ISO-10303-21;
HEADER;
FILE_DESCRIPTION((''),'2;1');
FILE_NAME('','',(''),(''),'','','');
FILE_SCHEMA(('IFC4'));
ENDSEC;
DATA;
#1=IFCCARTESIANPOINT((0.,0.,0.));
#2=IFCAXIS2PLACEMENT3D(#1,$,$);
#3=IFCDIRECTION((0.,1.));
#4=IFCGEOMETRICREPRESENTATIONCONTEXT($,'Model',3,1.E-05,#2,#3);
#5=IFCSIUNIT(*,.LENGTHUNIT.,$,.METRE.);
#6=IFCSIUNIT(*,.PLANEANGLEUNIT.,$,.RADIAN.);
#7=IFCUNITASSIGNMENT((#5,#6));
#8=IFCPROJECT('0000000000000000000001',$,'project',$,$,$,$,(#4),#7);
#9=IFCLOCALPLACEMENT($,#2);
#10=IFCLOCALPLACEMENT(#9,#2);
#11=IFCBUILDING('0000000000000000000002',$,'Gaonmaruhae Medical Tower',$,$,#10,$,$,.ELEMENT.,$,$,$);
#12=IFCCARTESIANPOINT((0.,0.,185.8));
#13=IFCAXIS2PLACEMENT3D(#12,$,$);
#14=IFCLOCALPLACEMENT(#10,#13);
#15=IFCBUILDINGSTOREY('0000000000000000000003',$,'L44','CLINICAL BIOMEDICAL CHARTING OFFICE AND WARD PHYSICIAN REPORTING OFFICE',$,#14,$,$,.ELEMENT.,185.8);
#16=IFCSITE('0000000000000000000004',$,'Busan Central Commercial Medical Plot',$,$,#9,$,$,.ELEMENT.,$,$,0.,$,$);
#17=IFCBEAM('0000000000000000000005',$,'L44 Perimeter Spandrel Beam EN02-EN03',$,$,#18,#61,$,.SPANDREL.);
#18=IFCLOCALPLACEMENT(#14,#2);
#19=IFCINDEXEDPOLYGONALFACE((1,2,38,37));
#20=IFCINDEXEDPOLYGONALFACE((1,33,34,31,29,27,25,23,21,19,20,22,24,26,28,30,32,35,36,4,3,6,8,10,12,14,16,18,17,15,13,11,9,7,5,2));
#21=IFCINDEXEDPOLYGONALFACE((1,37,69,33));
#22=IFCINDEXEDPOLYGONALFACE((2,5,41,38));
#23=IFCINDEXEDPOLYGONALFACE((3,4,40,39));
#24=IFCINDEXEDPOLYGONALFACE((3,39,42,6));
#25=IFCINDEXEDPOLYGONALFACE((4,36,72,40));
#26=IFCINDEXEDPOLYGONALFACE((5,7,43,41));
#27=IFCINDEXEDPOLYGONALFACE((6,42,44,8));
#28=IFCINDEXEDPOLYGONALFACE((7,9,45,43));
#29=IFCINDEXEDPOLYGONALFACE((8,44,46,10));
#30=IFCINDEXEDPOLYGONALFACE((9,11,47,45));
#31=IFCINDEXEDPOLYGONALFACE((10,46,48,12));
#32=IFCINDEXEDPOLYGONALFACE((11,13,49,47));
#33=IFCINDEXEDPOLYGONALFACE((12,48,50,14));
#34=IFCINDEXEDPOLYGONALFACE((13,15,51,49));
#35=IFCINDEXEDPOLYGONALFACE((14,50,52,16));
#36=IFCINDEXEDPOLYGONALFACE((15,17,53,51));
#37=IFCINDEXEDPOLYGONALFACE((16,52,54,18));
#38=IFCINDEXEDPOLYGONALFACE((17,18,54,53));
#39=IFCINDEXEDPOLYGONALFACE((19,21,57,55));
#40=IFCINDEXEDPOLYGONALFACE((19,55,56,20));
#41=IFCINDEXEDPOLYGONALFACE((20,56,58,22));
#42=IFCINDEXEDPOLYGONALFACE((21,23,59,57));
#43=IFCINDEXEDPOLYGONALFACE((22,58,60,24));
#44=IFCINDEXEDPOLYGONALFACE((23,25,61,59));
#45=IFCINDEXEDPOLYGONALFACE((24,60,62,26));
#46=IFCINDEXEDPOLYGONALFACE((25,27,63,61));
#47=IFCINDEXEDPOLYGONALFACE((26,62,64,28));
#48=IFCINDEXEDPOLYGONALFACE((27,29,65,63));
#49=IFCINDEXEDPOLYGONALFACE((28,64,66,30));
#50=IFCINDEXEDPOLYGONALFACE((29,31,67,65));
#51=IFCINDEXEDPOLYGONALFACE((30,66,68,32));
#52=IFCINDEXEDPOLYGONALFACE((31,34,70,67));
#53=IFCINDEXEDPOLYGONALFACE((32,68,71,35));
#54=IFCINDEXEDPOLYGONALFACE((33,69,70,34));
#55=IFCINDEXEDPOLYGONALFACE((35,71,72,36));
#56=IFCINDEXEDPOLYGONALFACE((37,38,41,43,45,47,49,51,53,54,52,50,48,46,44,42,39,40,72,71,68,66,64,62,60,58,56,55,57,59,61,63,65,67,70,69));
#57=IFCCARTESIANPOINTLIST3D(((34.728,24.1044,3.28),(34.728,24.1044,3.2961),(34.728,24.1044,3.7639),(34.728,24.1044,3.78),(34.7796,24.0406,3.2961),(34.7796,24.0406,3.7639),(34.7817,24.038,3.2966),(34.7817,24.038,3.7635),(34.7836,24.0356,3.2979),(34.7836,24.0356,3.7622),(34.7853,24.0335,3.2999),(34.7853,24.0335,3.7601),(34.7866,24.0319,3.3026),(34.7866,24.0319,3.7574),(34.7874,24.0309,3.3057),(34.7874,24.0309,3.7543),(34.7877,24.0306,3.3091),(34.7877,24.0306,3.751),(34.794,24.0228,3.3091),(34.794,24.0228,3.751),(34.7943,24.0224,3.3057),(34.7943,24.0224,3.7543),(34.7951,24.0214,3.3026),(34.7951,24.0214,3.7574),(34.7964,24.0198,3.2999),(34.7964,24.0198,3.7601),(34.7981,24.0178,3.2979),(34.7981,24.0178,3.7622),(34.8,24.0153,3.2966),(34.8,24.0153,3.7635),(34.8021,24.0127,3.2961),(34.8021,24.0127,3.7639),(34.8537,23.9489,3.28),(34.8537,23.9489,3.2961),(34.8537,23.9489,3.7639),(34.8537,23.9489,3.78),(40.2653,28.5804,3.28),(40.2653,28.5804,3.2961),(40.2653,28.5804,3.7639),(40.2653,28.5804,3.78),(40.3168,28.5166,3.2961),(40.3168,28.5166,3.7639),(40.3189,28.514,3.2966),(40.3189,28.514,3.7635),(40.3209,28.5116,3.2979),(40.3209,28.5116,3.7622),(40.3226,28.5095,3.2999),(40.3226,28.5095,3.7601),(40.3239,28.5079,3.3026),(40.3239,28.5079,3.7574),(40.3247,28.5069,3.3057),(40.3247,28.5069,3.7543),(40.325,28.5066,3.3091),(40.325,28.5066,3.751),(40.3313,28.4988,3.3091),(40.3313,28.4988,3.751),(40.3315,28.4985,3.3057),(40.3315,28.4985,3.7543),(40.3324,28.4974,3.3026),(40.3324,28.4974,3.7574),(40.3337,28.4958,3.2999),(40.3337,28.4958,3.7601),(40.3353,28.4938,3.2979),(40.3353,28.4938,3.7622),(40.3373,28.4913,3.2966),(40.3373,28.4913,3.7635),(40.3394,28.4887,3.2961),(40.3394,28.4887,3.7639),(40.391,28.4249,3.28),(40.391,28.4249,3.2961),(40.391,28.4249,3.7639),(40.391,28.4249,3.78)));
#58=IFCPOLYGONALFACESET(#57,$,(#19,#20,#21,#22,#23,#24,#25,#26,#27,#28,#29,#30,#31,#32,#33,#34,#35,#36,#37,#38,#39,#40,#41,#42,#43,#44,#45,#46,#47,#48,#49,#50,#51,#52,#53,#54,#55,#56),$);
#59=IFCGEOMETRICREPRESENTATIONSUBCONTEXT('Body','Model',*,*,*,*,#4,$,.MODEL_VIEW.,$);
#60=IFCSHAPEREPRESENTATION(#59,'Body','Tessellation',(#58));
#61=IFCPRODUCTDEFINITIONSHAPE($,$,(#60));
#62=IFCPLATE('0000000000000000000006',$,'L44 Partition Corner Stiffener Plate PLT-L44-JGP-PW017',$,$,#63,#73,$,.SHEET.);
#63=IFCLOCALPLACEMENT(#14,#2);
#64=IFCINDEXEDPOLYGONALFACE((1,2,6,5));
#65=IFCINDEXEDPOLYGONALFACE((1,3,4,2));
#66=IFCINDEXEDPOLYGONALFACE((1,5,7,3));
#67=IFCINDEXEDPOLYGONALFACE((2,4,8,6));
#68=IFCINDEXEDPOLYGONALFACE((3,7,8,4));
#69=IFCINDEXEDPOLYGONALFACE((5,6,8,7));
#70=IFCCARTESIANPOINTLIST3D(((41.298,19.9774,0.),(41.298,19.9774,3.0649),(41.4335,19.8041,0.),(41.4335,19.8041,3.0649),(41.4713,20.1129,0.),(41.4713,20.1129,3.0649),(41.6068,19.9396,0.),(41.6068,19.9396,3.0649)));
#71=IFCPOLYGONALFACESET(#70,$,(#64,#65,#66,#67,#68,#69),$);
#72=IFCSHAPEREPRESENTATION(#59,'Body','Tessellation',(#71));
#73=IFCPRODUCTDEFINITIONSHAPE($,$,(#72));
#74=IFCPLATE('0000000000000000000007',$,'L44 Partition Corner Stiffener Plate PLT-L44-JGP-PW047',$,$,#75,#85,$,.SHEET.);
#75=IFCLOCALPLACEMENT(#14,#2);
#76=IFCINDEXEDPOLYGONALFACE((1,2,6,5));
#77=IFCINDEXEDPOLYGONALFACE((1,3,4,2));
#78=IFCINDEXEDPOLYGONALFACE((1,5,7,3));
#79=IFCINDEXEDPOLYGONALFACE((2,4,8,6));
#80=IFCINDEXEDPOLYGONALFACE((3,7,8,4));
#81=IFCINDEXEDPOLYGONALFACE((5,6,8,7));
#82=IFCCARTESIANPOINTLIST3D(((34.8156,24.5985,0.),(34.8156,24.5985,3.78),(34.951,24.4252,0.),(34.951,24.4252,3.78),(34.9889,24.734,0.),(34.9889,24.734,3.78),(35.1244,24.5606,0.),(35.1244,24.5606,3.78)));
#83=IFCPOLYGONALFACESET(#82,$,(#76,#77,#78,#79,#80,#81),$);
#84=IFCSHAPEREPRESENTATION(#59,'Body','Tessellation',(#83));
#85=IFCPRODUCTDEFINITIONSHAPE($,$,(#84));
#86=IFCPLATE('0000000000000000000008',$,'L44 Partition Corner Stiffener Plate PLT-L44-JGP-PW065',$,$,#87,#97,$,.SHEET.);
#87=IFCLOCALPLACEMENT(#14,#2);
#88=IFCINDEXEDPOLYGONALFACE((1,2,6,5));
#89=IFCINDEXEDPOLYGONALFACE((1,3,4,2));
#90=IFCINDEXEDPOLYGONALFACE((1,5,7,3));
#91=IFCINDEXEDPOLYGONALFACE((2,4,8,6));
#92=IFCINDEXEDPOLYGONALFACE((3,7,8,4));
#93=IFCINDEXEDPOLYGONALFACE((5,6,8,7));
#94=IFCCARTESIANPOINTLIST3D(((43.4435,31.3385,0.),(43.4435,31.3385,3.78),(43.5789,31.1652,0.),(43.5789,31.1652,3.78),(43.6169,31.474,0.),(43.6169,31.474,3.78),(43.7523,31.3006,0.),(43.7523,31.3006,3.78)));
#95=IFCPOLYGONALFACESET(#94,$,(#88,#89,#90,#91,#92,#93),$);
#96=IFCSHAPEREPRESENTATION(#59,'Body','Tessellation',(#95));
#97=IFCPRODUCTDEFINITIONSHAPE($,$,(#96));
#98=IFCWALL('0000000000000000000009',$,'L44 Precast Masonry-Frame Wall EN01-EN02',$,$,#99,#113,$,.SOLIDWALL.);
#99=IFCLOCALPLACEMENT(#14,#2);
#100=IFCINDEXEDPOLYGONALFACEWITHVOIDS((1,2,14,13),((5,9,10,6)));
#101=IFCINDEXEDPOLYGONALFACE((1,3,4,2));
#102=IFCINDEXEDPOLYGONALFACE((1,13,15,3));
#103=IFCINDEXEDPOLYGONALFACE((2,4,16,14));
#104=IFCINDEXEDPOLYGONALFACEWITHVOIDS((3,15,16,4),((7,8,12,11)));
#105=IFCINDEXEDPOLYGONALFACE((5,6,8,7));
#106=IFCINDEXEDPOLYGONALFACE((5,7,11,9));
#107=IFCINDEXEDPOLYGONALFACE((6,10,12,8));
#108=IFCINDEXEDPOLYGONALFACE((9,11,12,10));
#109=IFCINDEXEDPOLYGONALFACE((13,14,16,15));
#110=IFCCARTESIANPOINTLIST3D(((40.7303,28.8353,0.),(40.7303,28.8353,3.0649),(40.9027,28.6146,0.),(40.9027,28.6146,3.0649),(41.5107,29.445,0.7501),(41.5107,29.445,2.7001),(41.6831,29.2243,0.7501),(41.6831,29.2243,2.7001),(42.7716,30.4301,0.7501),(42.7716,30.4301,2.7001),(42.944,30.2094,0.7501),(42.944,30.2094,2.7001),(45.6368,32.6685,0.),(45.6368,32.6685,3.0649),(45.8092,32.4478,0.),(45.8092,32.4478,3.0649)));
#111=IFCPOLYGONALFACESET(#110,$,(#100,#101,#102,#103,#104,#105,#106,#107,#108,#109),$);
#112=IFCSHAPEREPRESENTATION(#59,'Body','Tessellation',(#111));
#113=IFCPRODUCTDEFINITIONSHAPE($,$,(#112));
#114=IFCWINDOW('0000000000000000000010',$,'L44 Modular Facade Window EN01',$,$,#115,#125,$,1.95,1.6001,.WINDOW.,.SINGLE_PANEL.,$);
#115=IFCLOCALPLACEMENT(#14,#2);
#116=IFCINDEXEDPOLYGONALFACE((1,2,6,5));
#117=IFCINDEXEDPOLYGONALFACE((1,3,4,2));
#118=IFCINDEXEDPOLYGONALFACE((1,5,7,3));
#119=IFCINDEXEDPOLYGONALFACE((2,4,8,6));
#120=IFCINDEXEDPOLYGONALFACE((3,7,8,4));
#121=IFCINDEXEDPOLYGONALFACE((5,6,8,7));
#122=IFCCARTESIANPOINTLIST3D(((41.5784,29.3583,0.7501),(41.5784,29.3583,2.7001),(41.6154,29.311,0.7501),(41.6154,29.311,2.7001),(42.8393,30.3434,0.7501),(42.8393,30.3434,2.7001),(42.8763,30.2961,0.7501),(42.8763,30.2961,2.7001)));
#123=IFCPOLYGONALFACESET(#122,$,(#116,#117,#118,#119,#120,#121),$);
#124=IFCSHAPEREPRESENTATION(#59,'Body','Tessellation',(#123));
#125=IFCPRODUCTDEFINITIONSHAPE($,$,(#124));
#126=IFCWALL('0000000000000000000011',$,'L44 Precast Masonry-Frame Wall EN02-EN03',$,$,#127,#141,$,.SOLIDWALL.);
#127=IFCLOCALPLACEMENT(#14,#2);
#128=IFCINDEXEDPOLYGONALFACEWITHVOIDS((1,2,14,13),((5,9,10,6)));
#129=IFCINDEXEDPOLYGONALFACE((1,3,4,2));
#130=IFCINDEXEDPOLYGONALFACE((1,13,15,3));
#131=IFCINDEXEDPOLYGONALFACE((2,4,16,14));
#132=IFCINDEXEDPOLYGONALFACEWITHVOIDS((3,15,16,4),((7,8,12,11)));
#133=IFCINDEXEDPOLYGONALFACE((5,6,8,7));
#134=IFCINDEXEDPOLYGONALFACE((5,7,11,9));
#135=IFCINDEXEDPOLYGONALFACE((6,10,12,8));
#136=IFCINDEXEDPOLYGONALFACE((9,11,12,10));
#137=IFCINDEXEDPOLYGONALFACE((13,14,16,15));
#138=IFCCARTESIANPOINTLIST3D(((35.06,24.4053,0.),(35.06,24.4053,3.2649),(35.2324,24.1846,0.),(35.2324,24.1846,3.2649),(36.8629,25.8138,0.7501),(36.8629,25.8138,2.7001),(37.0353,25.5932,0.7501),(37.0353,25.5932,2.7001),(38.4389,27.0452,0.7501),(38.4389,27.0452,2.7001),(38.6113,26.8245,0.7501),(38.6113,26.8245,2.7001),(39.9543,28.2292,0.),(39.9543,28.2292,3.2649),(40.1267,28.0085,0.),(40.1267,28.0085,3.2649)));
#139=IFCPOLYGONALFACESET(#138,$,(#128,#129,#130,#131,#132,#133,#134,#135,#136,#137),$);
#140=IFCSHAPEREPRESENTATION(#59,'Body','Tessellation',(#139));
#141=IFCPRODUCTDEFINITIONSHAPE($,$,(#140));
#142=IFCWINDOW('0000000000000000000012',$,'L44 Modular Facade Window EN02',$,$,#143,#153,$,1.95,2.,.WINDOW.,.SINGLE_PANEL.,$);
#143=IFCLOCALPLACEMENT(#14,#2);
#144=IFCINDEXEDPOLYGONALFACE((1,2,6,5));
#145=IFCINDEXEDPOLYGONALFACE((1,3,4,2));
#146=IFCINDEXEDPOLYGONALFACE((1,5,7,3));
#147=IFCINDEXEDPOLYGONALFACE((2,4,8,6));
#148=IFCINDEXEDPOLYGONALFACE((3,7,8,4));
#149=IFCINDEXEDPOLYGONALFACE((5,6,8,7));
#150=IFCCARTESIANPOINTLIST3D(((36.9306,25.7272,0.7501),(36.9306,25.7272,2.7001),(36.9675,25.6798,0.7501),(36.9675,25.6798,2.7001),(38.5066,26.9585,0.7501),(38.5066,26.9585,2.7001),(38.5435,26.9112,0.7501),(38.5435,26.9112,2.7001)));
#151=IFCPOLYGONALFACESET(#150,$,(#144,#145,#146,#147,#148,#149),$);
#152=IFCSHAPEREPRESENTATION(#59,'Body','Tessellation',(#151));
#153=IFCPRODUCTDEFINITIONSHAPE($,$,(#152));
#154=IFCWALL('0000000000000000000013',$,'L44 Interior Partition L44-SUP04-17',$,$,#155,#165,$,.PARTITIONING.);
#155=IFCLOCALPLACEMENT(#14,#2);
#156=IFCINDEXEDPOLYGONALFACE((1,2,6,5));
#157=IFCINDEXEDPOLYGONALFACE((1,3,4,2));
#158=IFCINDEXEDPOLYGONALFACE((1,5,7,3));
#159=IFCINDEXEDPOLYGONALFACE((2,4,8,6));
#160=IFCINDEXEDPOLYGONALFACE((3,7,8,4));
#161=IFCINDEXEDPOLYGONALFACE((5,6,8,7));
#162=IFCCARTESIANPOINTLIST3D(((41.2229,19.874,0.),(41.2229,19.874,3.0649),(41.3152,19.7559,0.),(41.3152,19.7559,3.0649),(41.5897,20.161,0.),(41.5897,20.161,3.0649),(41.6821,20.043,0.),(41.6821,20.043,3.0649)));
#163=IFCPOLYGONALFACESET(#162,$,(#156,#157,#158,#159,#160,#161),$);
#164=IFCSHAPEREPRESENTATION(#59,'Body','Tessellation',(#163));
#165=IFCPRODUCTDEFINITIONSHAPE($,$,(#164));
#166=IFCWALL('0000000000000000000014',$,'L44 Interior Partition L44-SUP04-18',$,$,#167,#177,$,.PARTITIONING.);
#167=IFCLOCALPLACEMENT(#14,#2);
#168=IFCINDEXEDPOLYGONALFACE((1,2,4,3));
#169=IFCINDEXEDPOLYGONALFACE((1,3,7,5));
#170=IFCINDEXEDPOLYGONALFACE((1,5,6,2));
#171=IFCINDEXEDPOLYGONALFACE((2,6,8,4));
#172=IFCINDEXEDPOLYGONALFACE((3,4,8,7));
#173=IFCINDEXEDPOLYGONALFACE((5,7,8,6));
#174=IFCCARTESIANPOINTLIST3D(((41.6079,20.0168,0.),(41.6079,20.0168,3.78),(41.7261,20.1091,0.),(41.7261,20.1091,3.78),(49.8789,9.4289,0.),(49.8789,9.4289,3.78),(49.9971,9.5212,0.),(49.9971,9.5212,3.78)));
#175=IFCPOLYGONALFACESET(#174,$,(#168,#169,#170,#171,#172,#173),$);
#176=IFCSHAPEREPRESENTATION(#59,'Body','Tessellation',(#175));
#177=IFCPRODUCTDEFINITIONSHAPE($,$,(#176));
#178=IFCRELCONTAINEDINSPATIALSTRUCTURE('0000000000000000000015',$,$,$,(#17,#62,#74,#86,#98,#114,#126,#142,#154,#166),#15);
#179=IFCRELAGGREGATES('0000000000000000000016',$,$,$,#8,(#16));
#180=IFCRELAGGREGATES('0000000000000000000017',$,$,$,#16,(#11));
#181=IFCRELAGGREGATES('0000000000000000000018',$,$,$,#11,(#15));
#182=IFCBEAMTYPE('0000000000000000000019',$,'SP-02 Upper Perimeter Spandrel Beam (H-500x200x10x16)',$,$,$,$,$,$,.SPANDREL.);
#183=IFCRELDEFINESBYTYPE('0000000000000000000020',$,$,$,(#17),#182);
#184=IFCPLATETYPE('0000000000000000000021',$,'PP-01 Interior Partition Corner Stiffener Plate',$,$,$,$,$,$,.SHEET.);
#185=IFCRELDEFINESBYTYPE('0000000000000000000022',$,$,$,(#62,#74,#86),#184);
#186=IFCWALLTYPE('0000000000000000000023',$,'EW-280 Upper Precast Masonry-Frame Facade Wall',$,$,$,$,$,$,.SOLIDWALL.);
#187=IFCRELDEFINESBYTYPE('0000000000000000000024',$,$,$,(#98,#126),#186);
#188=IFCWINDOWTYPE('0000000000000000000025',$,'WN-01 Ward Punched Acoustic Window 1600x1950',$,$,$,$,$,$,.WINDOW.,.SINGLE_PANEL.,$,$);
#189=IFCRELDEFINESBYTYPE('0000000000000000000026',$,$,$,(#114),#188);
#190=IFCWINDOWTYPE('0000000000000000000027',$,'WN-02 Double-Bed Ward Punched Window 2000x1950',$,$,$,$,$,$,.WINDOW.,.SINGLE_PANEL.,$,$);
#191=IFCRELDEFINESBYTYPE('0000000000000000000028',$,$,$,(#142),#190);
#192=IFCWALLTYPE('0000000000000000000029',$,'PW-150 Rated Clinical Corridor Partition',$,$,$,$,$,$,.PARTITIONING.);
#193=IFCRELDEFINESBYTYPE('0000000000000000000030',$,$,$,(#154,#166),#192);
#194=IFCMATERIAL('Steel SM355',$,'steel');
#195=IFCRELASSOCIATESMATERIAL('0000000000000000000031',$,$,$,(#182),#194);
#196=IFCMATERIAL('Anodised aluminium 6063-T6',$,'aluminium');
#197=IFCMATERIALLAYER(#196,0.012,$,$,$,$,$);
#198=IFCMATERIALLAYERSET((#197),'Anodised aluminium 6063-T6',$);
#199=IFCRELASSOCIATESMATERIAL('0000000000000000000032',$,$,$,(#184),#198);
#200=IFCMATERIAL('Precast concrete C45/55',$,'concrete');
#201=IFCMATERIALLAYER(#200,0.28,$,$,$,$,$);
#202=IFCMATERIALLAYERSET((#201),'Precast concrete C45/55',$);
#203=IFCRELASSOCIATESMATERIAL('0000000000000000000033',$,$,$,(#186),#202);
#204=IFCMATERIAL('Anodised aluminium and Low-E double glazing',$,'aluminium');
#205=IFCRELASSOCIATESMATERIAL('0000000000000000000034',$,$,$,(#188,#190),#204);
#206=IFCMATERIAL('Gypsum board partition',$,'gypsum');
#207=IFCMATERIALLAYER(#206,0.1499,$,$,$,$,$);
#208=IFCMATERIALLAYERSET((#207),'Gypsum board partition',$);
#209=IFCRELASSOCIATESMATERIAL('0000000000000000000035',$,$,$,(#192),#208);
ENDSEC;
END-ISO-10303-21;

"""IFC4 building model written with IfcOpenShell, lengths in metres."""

from ifc_helpers import new_model, si_unit, direction, frame, frame_2d, origin, origin_2d, place, context, subcontext, project, spatial, rectangle, i_section, extrude, material, layer, layer_set, material_profile, profile_set, type_object, element, fill, save


model = new_model("IFC4")

# Units and contexts
model_context = context("Model", 3, precision=1e-05, world=origin(), true_north=direction((0.0, 1.0)))
body_context = subcontext(model_context, "Body", "Model", "MODEL_VIEW")
ifc_project = project(units=[si_unit("LENGTHUNIT", "METRE"), si_unit("PLANEANGLEUNIT", "RADIAN")], contexts=[model_context])

# Site, building, storey
site_placement = place(None, origin())
site = spatial("IfcSite", under=ifc_project, at=site_placement, Name="Busan Central Commercial Medical Plot", CompositionType="ELEMENT", RefElevation=0.0)
building_placement = place(site_placement, origin())
building = spatial("IfcBuilding", under=site, at=building_placement, Name="Gaonmaruhae Medical Tower", CompositionType="ELEMENT")
storey_placement = place(building_placement, frame((0.0, 0.0, 185.8)))
storey = spatial("IfcBuildingStorey", under=building, at=storey_placement, Name="L44", Description="CLINICAL BIOMEDICAL CHARTING OFFICE AND WARD PHYSICIAN REPORTING OFFICE", CompositionType="ELEMENT", Elevation=185.8)

# Beam
ifc_material_1 = material(Name="Steel SM355", Category="steel")
ifc_material_profile_1 = material_profile(ifc_material_1, i_section(OverallWidth=0.2, OverallDepth=0.5, WebThickness=0.01, FlangeThickness=0.0161, FilletRadius=0.0129, at=origin_2d()), Name="H-500x200x10x16")
ifc_profile_set_1 = profile_set([ifc_material_profile_1], Name="Steel SM355")
beam_type_1 = type_object("IfcBeamType", Name="SP-02 Upper Perimeter Spandrel Beam (H-500x200x10x16)", PredefinedType="SPANDREL", material=ifc_profile_set_1)
for number, where, z_axis, x_axis, name in (
    (1, (40.3281, 28.5027, 3.53), (-0.777694, -0.628643, 0.0), (0.628643, -0.777694, 0.0), "L44 Perimeter Spandrel Beam EN02-EN03"),
):
    element("IfcBeam", number, at=place(storey_placement, frame(where, z_axis=z_axis, x_axis=x_axis)), inside=storey, type_object=beam_type_1, Name=name, PredefinedType="SPANDREL", context=body_context, shape_type="SweptSolid", body=[
        extrude(i_section(OverallWidth=0.2, OverallDepth=0.5, WebThickness=0.01, FlangeThickness=0.0161, FilletRadius=0.0129, at=origin_2d()), origin(), (0.0, 0.0, 1.0), 7.1201),
    ])

# Plates
ifc_material_2 = material(Name="Anodised aluminium 6063-T6", Category="aluminium")
ifc_layer_1 = layer(ifc_material_2, 0.012)
ifc_layer_set_1 = layer_set([ifc_layer_1], Name="Anodised aluminium 6063-T6")
plate_type = type_object("IfcPlateType", Name="PP-01 Interior Partition Corner Stiffener Plate", PredefinedType="SHEET", material=ifc_layer_set_1)
plate_placement = place(storey_placement, frame((41.4524, 19.9585, 0.0), z_axis=(0.0, 0.0, 1.0), x_axis=(0.787731, 0.616019, 0.0)))
element("IfcPlate", 2, at=plate_placement, inside=storey, type_object=plate_type, Name="L44 Partition Corner Stiffener Plate PLT-L44-JGP-PW017", PredefinedType="SHEET", context=body_context, shape_type="SweptSolid", body=[
    extrude(rectangle(XDim=0.22, YDim=0.22, at=origin_2d()), origin(), (0.0, 0.0, 1.0), 3.0649),
])
for number, where, z_axis, x_axis, name in (
    (3, (34.97, 24.5796, 0.0), (0.0, 0.0, 1.0), (0.615689, -0.787989, 0.0), "L44 Partition Corner Stiffener Plate PLT-L44-JGP-PW047"),
    (4, (43.5979, 31.3196, 0.0), (0.0, 0.0, 1.0), (0.615689, -0.787989, 0.0), "L44 Partition Corner Stiffener Plate PLT-L44-JGP-PW065"),
):
    element("IfcPlate", number, at=place(storey_placement, frame(where, z_axis=z_axis, x_axis=x_axis)), inside=storey, type_object=plate_type, Name=name, PredefinedType="SHEET", context=body_context, shape_type="SweptSolid", body=[
        extrude(rectangle(XDim=0.22, YDim=0.22, at=origin_2d()), origin(), (0.0, 0.0, 1.0), 3.78),
    ])

# Walls, openings, windows
ifc_material_3 = material(Name="Precast concrete C45/55", Category="concrete")
ifc_layer_2 = layer(ifc_material_3, 0.28)
ifc_layer_set_2 = layer_set([ifc_layer_2], Name="Precast concrete C45/55")
wall_type_1 = type_object("IfcWallType", Name="EW-280 Upper Precast Masonry-Frame Facade Wall", PredefinedType="SOLIDWALL", material=ifc_layer_set_2)
wall_1_placement = place(storey_placement, frame((40.8164, 28.7249, 0.0), z_axis=(0.0, 0.0, 1.0), x_axis=(0.78802, 0.615649, 0.0)))
wall_1 = element("IfcWall", 5, at=wall_1_placement, inside=storey, type_object=wall_type_1, Name="L44 Precast Masonry-Frame Wall EN01-EN02", PredefinedType="SOLIDWALL", context=body_context, shape_type="SweptSolid", body=[
    extrude(rectangle(XDim=6.2263, YDim=0.28, at=frame_2d((3.1133, 0.0))), origin(), (0.0, 0.0, 1.0), 3.0649),
])
opening_1_placement = place(wall_1_placement, frame((0.9905, 0.0, 0.75)))
opening_1 = element("IfcOpeningElement", 6, at=opening_1_placement, cuts=wall_1, PredefinedType="OPENING", context=body_context, shape_type="SweptSolid", body=[
    extrude(rectangle(XDim=1.6001, YDim=1.95, at=frame_2d((0.8, 0.9751))), frame((0.0, 0.1499, 0.0), z_axis=(0.0, -1.0, 0.0), x_axis=(1.0, 0.0, 0.0)), (0.0, 0.0, 1.0), 0.3),
])
ifc_material_4 = material(Name="Anodised aluminium and Low-E double glazing", Category="aluminium")
window_type_1 = type_object("IfcWindowType", Name="WN-01 Ward Punched Acoustic Window 1600x1950", PartitioningType="SINGLE_PANEL", PredefinedType="WINDOW", material=ifc_material_4)
window_1_placement = place(opening_1_placement, origin())
window_1 = element("IfcWindow", 7, at=window_1_placement, inside=storey, type_object=window_type_1, Name="L44 Modular Facade Window EN01", OverallHeight=1.95, OverallWidth=1.6001, PartitioningType="SINGLE_PANEL", PredefinedType="WINDOW", context=body_context, shape_type="SweptSolid", body=[
    extrude(rectangle(XDim=1.6001, YDim=1.95, at=frame_2d((0.8, 0.9751))), frame((0.0, 0.03, 0.0), z_axis=(0.0, -1.0, 0.0), x_axis=(1.0, 0.0, 0.0)), (0.0, 0.0, 1.0), 0.0601),
])
fill(opening_1, window_1)
wall_2_placement = place(storey_placement, frame((35.1462, 24.2949, 0.0), z_axis=(0.0, 0.0, 1.0), x_axis=(0.788, 0.615675, 0.0)))
wall_2 = element("IfcWall", 8, at=wall_2_placement, inside=storey, type_object=wall_type_1, Name="L44 Precast Masonry-Frame Wall EN02-EN03", PredefinedType="SOLIDWALL", context=body_context, shape_type="SweptSolid", body=[
    extrude(rectangle(XDim=6.2109, YDim=0.28, at=frame_2d((3.1055, 0.0))), origin(), (0.0, 0.0, 1.0), 3.2649),
])
opening_2_placement = place(wall_2_placement, frame((2.2878, 0.0, 0.75)))
opening_2 = element("IfcOpeningElement", 9, at=opening_2_placement, cuts=wall_2, PredefinedType="OPENING", context=body_context, shape_type="SweptSolid", body=[
    extrude(rectangle(XDim=2.0, YDim=1.95, at=frame_2d((1.0, 0.9751))), frame((0.0, 0.1499, 0.0), z_axis=(0.0, -1.0, 0.0), x_axis=(1.0, 0.0, 0.0)), (0.0, 0.0, 1.0), 0.3),
])
window_type_2 = type_object("IfcWindowType", Name="WN-02 Double-Bed Ward Punched Window 2000x1950", PartitioningType="SINGLE_PANEL", PredefinedType="WINDOW", material=ifc_material_4)
window_2_placement = place(opening_2_placement, origin())
window_2 = element("IfcWindow", 10, at=window_2_placement, inside=storey, type_object=window_type_2, Name="L44 Modular Facade Window EN02", OverallHeight=1.95, OverallWidth=2.0, PartitioningType="SINGLE_PANEL", PredefinedType="WINDOW", context=body_context, shape_type="SweptSolid", body=[
    extrude(rectangle(XDim=2.0, YDim=1.95, at=frame_2d((1.0, 0.9751))), frame((0.0, 0.03, 0.0), z_axis=(0.0, -1.0, 0.0), x_axis=(1.0, 0.0, 0.0)), (0.0, 0.0, 1.0), 0.0601),
])
fill(opening_2, window_2)

# Walls
ifc_material_5 = material(Name="Gypsum board partition", Category="gypsum")
ifc_layer_3 = layer(ifc_material_5, 0.1499)
ifc_layer_set_3 = layer_set([ifc_layer_3], Name="Gypsum board partition")
wall_type_2 = type_object("IfcWallType", Name="PW-150 Rated Clinical Corridor Partition", PredefinedType="PARTITIONING", material=ifc_layer_set_3)
wall_3_placement = place(storey_placement, frame((41.269, 19.8149, 0.0), z_axis=(0.0, 0.0, 1.0), x_axis=(0.787571, 0.616223, 0.0)))
element("IfcWall", 11, at=wall_3_placement, inside=storey, type_object=wall_type_2, Name="L44 Interior Partition L44-SUP04-17", PredefinedType="PARTITIONING", context=body_context, shape_type="SweptSolid", body=[
    extrude(rectangle(XDim=0.4658, YDim=0.1499, at=frame_2d((0.2329, 0.0))), origin(), (0.0, 0.0, 1.0), 3.0649),
])
wall_4_placement = place(storey_placement, frame((41.667, 20.063, 0.0), z_axis=(0.0, 0.0, 1.0), x_axis=(0.615607, -0.788053, 0.0)))
element("IfcWall", 12, at=wall_4_placement, inside=storey, type_object=wall_type_2, Name="L44 Interior Partition L44-SUP04-18", PredefinedType="PARTITIONING", context=body_context, shape_type="SweptSolid", body=[
    extrude(rectangle(XDim=13.4355, YDim=0.1499, at=frame_2d((6.7178, 0.0))), origin(), (0.0, 0.0, 1.0), 3.78),
])

save(model, "model.ifc")
